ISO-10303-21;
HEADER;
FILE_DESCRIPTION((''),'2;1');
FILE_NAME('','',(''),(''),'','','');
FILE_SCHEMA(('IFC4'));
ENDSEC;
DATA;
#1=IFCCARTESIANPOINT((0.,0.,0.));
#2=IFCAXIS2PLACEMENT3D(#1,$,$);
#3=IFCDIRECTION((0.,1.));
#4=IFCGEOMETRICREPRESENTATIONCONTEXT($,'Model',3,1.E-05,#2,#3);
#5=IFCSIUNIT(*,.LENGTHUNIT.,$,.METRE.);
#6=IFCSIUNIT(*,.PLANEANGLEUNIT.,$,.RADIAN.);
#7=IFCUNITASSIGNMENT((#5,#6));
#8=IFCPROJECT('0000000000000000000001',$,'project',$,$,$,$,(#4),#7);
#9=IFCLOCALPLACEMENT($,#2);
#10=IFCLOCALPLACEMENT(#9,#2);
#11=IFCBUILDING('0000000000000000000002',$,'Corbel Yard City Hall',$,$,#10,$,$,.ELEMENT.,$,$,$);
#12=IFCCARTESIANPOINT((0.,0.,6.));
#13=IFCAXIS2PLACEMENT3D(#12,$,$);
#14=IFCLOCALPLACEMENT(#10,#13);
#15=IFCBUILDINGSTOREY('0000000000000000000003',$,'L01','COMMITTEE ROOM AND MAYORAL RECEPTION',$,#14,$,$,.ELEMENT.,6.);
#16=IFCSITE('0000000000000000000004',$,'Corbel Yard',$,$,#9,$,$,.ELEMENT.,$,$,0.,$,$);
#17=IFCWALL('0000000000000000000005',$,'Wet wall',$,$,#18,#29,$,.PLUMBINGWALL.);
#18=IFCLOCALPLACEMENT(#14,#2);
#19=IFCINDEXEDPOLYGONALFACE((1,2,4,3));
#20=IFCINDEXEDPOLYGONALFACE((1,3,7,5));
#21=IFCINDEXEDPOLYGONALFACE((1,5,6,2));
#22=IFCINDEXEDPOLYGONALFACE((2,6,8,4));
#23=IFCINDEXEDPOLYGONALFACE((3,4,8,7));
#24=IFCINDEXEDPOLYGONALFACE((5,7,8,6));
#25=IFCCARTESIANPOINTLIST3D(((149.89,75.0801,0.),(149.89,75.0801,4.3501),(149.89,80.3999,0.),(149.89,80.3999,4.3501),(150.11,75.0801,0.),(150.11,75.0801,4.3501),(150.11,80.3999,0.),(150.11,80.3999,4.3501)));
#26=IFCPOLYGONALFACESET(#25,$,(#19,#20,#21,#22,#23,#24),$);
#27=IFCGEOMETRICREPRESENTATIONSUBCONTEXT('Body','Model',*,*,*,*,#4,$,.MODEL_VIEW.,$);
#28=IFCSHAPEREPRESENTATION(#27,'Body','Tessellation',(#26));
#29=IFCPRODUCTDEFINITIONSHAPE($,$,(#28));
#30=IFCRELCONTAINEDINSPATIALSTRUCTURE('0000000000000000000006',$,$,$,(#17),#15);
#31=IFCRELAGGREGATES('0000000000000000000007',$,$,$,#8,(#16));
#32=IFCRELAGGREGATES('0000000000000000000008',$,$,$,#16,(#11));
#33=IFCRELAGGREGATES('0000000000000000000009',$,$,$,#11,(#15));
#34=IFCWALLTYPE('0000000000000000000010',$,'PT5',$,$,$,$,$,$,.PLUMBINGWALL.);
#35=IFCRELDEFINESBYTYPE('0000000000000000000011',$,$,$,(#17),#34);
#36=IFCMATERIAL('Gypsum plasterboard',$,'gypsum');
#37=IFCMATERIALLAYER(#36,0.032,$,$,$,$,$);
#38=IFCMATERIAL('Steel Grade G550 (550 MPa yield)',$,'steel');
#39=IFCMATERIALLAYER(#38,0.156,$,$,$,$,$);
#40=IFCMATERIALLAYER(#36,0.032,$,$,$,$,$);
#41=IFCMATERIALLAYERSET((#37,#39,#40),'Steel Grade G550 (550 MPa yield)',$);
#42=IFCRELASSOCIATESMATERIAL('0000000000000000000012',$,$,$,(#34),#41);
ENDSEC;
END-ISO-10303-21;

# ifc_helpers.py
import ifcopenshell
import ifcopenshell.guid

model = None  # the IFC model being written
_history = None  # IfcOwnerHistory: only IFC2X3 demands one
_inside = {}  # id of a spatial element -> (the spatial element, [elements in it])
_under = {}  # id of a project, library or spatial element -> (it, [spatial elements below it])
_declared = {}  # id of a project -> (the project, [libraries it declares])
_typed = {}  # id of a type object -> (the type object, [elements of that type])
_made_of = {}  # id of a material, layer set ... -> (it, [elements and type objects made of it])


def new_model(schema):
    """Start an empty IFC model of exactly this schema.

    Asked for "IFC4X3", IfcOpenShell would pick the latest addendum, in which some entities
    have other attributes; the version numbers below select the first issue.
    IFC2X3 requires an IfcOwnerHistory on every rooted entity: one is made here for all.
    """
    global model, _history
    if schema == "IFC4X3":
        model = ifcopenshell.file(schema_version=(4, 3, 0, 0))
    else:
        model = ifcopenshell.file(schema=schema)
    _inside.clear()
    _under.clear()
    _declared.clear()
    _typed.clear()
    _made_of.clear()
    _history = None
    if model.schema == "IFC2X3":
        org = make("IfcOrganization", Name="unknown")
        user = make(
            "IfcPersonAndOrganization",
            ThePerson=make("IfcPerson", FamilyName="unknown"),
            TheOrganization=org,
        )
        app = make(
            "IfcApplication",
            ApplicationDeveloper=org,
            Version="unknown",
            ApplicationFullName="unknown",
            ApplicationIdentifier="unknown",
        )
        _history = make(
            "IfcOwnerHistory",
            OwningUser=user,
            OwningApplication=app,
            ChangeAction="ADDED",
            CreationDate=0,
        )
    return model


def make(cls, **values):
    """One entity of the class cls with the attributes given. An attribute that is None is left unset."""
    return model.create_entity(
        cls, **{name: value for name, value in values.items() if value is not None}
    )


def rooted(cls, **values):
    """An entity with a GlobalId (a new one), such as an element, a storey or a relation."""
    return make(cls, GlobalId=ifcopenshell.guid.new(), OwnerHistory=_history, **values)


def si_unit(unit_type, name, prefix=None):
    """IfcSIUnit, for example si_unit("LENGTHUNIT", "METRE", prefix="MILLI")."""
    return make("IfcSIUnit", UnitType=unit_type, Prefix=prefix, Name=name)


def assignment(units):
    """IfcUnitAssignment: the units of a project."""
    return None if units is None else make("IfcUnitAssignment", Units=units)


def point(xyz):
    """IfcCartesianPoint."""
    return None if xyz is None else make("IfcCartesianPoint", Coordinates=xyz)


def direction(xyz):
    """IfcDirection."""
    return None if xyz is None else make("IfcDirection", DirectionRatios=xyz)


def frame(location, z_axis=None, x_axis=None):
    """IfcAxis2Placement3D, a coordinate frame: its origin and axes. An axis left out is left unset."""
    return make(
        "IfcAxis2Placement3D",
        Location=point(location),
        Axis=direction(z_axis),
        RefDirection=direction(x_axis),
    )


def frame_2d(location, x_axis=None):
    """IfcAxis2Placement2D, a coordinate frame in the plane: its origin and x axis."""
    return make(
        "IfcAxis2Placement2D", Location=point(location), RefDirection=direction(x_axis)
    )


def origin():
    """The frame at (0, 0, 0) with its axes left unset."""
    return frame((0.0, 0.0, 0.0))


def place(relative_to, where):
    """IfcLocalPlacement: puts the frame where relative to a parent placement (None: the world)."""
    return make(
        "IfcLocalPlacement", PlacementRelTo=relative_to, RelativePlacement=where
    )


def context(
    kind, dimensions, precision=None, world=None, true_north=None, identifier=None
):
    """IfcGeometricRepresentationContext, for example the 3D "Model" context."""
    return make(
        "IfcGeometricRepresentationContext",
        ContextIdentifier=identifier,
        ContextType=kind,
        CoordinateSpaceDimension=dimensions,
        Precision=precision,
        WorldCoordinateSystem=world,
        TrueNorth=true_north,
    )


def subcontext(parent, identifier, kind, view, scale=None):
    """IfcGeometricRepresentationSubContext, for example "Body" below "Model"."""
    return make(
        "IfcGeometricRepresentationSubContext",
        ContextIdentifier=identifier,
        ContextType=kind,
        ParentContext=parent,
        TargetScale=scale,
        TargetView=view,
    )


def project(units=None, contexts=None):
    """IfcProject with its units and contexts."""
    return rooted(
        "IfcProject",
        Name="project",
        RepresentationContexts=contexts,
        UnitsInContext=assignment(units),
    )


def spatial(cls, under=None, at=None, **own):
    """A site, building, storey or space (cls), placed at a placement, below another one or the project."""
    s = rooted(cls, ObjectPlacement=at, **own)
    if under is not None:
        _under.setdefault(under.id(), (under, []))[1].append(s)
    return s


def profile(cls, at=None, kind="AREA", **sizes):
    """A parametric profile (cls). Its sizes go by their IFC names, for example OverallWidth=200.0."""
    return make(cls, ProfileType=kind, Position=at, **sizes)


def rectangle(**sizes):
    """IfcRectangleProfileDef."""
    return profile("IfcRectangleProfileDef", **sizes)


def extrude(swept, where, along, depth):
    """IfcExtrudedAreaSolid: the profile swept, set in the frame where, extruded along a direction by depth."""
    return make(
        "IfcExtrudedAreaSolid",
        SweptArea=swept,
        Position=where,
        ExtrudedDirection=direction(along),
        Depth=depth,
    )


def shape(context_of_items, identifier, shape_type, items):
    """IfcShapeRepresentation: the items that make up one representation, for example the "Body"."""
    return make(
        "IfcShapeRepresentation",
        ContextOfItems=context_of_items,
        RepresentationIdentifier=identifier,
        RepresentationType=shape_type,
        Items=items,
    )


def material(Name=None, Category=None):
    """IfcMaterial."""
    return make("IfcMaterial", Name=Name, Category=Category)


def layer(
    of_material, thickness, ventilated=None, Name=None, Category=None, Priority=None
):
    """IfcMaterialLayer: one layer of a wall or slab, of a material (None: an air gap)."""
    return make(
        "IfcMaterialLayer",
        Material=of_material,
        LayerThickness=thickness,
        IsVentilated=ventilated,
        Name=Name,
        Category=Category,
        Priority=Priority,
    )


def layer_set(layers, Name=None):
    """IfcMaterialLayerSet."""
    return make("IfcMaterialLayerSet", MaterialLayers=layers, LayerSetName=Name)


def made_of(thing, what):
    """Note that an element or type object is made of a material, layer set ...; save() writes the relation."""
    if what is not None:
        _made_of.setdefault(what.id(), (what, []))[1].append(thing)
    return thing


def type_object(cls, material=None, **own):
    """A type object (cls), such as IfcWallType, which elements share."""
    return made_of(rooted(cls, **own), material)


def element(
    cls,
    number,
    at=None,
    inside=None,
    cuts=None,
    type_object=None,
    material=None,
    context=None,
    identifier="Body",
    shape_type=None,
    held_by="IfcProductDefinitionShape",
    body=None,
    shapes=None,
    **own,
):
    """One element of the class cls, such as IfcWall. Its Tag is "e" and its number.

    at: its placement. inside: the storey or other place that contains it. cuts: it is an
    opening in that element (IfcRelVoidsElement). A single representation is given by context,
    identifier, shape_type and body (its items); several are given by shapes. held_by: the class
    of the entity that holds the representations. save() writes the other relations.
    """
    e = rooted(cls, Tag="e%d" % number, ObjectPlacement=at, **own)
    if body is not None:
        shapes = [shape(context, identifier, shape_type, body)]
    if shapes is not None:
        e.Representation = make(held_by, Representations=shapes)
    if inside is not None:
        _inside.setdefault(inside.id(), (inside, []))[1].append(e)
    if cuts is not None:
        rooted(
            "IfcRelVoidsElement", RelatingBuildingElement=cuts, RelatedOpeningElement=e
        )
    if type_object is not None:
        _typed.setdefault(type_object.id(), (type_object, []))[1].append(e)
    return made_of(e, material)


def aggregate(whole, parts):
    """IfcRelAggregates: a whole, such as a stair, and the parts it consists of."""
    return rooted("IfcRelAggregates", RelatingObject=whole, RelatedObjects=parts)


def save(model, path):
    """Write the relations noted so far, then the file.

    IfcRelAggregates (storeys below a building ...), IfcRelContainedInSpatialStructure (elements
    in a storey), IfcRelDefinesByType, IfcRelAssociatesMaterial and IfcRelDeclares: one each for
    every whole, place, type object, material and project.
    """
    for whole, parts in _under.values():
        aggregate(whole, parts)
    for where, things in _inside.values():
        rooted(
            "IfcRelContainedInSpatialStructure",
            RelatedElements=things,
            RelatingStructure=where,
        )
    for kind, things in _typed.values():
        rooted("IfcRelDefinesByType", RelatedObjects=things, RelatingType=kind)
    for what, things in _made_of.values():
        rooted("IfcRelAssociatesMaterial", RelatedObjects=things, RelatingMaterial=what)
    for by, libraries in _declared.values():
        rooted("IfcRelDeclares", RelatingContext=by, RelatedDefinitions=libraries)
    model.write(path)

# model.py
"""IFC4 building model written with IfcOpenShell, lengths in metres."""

from ifc_helpers import new_model, si_unit, direction, frame, frame_2d, origin, place, context, subcontext, project, spatial, rectangle, extrude, material, layer, layer_set, type_object, element, save


model = new_model("IFC4")

# Units and contexts
model_context = context("Model", 3, precision=1e-05, world=origin(), true_north=direction((0.0, 1.0)))
body_context = subcontext(model_context, "Body", "Model", "MODEL_VIEW")
ifc_project = project(units=[si_unit("LENGTHUNIT", "METRE"), si_unit("PLANEANGLEUNIT", "RADIAN")], contexts=[model_context])

# Site, building, storey
site_placement = place(None, origin())
site = spatial("IfcSite", under=ifc_project, at=site_placement, Name="Corbel Yard", CompositionType="ELEMENT", RefElevation=0.0)
building_placement = place(site_placement, origin())
building = spatial("IfcBuilding", under=site, at=building_placement, Name="Corbel Yard City Hall", CompositionType="ELEMENT")
storey_placement = place(building_placement, frame((0.0, 0.0, 6.0)))
storey = spatial("IfcBuildingStorey", under=building, at=storey_placement, Name="L01", Description="COMMITTEE ROOM AND MAYORAL RECEPTION", CompositionType="ELEMENT", Elevation=6.0)

# Shared definitions
ifc_material_1 = material(Name="Gypsum plasterboard", Category="gypsum")
ifc_material_2 = material(Name="Steel Grade G550 (550 MPa yield)", Category="steel")

# Wall
ifc_layer_1 = layer(ifc_material_1, 0.032)
ifc_layer_2 = layer(ifc_material_2, 0.156)
ifc_layer_3 = layer(ifc_material_1, 0.032)
ifc_layer_set_1 = layer_set([ifc_layer_1, ifc_layer_2, ifc_layer_3], Name="Steel Grade G550 (550 MPa yield)")
wall_type_1 = type_object("IfcWallType", Name="PT5", PredefinedType="PLUMBINGWALL", material=ifc_layer_set_1)
for number, where, z_axis, x_axis, name in (
    (1, (150.0, 75.0801, 0.0), (0.0, 0.0, 1.0), (0.0, 1.0, 0.0), "Wet wall"),
):
    element("IfcWall", number, at=place(storey_placement, frame(where, z_axis=z_axis, x_axis=x_axis)), inside=storey, type_object=wall_type_1, Name=name, PredefinedType="PLUMBINGWALL", context=body_context, shape_type="SweptSolid", body=[
        extrude(rectangle(XDim=5.3198, YDim=0.22, at=frame_2d((2.6599, 0.0))), origin(), (0.0, 0.0, 1.0), 4.3501),
    ])

save(model, "model.ifc")
